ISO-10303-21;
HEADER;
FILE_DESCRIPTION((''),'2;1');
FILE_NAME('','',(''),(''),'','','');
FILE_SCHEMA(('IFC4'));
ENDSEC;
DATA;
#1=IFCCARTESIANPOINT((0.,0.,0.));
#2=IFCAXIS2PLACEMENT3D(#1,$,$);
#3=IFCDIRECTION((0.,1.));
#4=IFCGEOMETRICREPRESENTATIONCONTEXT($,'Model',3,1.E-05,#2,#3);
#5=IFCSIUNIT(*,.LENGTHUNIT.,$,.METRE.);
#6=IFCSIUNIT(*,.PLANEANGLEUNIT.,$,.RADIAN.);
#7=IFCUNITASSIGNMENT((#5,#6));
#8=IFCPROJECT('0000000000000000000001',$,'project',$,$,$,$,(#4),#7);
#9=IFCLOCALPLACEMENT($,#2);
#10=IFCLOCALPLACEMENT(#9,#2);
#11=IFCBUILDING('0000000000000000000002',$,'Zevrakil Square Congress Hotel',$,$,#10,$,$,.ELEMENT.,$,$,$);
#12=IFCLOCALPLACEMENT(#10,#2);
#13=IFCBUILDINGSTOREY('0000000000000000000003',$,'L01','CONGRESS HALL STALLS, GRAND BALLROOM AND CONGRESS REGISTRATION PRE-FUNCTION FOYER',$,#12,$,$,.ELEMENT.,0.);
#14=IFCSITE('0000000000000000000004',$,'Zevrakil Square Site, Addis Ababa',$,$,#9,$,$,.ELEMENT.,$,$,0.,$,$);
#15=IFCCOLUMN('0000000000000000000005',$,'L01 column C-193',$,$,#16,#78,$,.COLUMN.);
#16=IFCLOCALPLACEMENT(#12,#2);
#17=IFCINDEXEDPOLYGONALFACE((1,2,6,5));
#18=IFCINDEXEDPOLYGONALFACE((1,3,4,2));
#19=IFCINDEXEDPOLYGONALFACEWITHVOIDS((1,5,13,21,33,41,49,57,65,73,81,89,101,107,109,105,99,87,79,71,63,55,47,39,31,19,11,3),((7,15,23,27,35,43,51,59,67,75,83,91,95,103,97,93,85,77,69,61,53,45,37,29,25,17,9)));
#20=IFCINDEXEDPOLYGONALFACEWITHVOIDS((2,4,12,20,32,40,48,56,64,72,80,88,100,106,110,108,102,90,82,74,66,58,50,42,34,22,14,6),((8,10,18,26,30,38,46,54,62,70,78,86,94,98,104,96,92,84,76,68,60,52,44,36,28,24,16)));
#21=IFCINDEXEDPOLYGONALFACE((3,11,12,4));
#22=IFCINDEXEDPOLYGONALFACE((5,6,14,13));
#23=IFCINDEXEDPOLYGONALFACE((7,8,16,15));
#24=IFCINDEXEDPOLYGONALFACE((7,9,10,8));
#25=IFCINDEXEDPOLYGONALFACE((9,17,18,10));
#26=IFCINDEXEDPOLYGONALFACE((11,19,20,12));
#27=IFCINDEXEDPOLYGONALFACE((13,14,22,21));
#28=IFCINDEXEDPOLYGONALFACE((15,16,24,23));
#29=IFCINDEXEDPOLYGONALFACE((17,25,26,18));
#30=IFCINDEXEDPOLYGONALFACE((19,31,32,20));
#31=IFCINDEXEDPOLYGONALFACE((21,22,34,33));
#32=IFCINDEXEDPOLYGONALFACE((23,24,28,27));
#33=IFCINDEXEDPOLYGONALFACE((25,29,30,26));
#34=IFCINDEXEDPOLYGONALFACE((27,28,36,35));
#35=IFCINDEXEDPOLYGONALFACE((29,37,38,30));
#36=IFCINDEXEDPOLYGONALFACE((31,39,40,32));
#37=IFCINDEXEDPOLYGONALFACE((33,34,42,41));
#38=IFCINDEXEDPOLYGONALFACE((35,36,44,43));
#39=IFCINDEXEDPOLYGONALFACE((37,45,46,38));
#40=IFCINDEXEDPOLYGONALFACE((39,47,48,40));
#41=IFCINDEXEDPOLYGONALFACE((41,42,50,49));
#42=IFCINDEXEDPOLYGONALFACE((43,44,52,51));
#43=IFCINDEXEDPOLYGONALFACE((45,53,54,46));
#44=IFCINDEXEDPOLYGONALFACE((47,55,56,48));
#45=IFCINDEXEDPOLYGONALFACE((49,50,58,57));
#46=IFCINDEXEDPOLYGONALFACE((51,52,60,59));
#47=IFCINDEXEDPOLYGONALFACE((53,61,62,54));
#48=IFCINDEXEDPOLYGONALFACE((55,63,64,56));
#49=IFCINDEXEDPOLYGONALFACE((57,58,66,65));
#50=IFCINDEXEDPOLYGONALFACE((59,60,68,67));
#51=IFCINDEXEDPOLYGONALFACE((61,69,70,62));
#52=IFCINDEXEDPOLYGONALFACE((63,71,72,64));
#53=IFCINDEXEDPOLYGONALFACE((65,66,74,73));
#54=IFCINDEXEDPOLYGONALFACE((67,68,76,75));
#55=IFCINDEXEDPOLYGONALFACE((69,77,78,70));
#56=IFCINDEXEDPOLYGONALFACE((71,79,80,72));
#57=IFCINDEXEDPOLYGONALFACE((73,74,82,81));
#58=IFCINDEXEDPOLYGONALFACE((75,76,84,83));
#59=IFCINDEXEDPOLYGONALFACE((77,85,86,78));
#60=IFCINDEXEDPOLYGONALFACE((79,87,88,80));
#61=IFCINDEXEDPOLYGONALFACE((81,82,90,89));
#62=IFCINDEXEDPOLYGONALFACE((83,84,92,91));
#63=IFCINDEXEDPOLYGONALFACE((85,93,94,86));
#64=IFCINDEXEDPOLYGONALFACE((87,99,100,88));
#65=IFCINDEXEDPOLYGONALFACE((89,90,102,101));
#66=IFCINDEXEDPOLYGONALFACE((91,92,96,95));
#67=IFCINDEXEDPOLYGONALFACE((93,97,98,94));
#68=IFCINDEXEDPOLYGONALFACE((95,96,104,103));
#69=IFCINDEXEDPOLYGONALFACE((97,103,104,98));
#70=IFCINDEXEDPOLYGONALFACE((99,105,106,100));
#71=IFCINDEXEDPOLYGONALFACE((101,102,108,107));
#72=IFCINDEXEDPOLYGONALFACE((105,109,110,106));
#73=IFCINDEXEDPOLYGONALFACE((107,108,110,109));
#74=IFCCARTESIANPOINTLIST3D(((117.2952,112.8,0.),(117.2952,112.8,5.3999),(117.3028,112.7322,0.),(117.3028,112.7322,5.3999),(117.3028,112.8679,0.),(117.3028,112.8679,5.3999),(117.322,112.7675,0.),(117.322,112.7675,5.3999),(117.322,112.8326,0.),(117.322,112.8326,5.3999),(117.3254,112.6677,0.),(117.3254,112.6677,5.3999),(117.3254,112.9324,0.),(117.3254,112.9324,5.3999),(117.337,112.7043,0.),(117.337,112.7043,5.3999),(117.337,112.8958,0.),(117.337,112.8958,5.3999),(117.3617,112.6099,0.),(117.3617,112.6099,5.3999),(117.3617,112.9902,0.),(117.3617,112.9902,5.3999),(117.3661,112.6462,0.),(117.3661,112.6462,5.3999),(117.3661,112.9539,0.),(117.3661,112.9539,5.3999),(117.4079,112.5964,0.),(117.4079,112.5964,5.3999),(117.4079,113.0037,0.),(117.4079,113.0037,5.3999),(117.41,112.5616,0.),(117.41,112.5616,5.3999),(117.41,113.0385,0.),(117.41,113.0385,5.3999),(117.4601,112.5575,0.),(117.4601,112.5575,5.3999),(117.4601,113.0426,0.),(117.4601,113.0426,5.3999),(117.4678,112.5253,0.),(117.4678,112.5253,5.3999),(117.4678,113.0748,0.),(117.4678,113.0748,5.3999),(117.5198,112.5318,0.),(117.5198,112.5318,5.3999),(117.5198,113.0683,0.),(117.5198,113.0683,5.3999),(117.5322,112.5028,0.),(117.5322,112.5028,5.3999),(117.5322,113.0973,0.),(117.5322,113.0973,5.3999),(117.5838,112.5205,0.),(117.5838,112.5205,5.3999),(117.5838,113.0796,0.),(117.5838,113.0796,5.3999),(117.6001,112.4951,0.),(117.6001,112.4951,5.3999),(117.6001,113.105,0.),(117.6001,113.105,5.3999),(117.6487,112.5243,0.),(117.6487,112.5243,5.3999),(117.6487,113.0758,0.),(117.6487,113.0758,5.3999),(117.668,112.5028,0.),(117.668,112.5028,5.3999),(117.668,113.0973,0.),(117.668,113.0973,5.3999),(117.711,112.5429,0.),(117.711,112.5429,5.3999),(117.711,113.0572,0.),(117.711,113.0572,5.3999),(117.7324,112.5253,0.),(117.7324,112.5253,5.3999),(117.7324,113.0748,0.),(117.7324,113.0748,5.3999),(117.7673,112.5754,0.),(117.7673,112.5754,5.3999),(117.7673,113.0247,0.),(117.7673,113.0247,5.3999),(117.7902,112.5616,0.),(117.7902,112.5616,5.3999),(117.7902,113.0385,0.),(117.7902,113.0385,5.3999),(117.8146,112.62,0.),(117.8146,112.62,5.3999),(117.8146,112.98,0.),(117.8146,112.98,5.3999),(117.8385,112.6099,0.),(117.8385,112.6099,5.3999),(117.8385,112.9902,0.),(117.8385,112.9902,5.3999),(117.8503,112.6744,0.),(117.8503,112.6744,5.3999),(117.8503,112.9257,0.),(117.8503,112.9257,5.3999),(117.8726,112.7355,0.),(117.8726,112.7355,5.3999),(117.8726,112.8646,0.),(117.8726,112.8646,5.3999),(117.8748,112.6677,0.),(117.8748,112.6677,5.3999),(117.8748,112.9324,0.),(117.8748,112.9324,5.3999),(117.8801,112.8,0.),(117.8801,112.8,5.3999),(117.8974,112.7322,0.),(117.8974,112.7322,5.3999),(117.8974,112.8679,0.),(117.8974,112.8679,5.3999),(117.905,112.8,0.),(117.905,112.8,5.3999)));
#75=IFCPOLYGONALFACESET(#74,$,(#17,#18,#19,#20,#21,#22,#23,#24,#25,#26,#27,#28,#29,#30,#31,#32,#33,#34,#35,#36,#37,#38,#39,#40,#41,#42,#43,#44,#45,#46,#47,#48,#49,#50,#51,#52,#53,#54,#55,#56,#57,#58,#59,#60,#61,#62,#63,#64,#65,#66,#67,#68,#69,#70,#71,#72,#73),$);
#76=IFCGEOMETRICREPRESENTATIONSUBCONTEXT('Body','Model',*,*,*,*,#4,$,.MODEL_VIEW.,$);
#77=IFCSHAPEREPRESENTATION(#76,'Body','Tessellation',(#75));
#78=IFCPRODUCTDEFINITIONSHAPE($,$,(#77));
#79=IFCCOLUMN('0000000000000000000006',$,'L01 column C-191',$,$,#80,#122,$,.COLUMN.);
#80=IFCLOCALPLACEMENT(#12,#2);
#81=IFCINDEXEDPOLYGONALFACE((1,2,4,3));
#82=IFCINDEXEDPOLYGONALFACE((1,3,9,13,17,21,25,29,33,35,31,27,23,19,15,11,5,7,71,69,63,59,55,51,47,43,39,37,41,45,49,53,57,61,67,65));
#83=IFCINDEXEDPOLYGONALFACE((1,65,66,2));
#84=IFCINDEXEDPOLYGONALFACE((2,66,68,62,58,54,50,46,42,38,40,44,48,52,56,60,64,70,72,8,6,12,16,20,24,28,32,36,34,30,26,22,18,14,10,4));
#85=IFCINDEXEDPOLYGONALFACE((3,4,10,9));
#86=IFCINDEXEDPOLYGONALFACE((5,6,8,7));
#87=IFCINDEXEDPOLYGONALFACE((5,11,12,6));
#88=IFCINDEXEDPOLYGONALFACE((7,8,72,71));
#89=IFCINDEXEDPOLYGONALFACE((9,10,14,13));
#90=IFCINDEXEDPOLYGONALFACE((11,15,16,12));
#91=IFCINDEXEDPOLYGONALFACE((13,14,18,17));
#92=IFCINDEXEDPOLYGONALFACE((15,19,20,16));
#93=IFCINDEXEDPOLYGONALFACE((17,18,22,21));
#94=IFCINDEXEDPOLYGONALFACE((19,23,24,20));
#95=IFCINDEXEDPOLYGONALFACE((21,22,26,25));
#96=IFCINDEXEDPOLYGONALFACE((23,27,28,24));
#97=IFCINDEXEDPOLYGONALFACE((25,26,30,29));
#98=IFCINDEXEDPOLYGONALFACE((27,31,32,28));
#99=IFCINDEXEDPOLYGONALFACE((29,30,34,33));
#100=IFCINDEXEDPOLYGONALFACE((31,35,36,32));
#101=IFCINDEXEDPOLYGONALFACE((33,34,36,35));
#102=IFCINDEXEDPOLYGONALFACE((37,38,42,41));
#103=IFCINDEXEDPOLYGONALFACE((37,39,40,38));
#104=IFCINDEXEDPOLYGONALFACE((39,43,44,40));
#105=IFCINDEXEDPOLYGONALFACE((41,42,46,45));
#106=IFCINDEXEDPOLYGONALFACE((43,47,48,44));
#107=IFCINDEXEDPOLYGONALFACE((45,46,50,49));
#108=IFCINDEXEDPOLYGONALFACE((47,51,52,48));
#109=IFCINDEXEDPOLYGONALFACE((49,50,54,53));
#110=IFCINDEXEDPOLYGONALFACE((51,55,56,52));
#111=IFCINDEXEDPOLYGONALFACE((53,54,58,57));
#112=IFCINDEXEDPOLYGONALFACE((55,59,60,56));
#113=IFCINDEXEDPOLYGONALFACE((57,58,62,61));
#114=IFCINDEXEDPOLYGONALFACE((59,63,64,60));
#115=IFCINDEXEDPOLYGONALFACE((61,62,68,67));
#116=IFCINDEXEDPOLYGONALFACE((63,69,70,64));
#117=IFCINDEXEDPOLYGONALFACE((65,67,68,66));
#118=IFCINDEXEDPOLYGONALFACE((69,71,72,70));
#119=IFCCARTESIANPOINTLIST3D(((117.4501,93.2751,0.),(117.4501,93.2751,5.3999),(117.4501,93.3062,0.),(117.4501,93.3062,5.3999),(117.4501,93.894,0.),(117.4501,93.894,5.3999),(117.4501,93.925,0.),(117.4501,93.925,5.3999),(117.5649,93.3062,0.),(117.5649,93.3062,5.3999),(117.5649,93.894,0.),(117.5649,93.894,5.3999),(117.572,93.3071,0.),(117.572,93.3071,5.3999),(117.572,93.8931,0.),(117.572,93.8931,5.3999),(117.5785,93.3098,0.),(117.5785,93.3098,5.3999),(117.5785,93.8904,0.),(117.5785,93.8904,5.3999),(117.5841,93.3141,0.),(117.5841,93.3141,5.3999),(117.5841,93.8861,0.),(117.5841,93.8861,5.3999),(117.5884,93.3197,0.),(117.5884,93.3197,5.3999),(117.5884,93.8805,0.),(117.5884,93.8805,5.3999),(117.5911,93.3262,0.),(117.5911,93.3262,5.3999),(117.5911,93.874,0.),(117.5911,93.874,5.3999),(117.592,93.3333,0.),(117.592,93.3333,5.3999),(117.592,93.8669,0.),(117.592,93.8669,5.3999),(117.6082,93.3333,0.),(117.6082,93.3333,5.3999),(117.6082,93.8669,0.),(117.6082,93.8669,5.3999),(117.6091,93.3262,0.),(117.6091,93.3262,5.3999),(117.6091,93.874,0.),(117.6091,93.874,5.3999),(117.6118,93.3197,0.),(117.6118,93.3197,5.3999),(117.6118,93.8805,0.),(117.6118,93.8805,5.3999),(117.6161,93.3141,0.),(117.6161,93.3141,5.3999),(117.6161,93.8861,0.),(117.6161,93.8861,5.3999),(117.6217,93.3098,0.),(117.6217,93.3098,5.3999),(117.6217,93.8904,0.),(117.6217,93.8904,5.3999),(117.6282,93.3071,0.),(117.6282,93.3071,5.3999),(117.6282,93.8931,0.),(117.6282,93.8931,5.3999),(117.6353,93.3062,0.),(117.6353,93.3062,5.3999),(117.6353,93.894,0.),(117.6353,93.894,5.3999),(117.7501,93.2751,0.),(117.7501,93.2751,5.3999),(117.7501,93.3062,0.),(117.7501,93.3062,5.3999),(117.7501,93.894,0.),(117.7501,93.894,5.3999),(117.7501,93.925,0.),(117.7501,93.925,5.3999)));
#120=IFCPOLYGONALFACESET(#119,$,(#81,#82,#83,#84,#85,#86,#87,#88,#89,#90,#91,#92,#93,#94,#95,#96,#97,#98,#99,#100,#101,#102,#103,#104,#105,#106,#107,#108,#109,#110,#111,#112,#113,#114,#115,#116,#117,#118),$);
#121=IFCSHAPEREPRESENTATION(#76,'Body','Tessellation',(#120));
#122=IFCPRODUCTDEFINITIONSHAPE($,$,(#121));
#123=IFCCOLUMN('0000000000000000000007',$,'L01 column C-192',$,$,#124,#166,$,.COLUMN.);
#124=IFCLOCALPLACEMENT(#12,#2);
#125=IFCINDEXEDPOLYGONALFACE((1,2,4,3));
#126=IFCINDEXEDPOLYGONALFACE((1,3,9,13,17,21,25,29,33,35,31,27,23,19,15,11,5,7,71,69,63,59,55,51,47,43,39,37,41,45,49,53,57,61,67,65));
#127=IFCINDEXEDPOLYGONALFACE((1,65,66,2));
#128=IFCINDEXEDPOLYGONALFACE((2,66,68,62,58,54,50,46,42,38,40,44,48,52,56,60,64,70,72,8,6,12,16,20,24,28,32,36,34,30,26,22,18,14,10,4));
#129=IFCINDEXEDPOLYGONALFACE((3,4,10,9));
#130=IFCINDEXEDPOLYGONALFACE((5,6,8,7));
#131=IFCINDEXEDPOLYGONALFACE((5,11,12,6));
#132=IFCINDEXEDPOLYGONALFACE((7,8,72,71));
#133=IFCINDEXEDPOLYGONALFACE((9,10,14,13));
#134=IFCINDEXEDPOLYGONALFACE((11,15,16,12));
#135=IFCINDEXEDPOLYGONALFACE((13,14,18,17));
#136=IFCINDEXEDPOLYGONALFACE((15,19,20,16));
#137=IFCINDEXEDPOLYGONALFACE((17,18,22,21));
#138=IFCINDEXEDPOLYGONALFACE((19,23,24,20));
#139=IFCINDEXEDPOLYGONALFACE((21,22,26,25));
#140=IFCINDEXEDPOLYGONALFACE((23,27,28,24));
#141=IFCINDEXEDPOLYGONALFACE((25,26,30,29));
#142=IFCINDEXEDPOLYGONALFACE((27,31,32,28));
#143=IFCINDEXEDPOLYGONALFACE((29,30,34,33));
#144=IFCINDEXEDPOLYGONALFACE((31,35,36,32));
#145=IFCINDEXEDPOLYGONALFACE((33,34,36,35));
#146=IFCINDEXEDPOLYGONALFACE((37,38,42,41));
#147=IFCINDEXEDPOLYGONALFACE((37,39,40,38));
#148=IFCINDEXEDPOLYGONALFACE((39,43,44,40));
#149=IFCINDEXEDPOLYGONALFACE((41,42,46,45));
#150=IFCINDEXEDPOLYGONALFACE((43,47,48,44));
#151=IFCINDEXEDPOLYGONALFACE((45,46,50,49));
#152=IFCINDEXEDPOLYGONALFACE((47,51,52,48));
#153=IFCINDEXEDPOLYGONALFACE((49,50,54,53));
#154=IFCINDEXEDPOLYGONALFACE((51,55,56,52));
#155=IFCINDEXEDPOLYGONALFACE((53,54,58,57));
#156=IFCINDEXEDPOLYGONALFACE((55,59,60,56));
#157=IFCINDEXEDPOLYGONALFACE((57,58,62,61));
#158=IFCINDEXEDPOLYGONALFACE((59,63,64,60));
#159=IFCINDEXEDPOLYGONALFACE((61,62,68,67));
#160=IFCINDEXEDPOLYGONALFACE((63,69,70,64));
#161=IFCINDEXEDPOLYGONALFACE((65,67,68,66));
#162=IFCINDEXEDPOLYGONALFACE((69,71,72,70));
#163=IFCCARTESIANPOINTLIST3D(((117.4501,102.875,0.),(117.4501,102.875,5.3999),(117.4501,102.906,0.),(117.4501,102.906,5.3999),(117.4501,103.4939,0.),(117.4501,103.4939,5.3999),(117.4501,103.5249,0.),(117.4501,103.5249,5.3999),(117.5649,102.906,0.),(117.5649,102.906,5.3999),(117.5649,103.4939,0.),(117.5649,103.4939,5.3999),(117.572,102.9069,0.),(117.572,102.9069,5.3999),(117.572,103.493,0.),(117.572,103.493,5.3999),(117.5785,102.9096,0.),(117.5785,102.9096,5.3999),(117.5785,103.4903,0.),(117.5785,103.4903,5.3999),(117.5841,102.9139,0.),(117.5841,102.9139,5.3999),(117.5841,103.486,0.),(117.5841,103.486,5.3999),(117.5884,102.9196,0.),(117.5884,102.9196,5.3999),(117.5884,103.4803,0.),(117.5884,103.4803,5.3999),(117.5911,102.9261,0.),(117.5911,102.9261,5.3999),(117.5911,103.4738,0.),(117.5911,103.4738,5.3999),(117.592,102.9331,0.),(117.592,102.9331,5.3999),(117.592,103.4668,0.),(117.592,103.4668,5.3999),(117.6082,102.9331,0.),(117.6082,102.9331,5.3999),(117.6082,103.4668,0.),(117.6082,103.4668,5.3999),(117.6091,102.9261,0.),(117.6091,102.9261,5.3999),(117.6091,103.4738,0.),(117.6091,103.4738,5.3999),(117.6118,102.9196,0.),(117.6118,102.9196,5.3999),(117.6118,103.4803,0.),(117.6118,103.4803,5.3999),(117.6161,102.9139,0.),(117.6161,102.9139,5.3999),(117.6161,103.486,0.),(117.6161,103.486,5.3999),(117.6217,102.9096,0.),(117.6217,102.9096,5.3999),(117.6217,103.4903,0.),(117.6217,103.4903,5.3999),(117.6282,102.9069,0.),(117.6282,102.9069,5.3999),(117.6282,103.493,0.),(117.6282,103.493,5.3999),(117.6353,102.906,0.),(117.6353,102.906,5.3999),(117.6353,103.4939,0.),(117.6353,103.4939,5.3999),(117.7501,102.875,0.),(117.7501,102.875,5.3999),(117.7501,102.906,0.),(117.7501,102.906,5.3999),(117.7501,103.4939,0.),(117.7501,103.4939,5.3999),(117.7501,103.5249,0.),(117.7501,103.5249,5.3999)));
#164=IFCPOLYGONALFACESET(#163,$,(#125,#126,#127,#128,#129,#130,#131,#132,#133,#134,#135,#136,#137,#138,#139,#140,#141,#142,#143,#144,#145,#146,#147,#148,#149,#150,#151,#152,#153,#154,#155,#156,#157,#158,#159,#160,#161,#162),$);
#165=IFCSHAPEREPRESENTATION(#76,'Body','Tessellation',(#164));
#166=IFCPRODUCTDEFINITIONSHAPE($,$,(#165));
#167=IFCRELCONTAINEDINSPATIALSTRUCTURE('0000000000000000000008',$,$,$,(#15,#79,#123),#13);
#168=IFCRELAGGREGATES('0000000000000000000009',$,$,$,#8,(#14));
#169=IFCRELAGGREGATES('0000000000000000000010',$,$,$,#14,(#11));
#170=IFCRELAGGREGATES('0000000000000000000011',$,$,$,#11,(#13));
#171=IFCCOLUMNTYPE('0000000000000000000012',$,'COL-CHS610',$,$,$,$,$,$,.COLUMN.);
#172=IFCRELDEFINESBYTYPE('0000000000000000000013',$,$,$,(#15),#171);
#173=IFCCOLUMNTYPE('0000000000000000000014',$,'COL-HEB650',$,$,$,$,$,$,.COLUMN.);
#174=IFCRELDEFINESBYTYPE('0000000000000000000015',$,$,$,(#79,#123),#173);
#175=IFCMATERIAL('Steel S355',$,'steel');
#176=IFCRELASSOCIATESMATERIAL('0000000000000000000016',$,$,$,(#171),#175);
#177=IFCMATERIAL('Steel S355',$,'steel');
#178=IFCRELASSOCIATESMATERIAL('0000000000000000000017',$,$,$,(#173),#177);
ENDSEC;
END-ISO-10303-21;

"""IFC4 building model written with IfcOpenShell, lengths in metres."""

from ifc_helpers import new_model, si_unit, direction, frame, origin, origin_2d, place, context, subcontext, project, spatial, hollow_circle, i_section, extrude, material, material_profile, profile_set, type_object, element, save


model = new_model("IFC4")

# Units and contexts
model_context = context("Model", 3, precision=1e-05, world=origin(), true_north=direction((0.0, 1.0)))
body_context = subcontext(model_context, "Body", "Model", "MODEL_VIEW")
ifc_project = project(units=[si_unit("LENGTHUNIT", "METRE"), si_unit("PLANEANGLEUNIT", "RADIAN")], contexts=[model_context])

# Site, building, storey
site_placement = place(None, origin())
site = spatial("IfcSite", under=ifc_project, at=site_placement, Name="Zevrakil Square Site, Addis Ababa", CompositionType="ELEMENT", RefElevation=0.0)
building_placement = place(site_placement, origin())
building = spatial("IfcBuilding", under=site, at=building_placement, Name="Zevrakil Square Congress Hotel", CompositionType="ELEMENT")
storey_placement = place(building_placement, origin())
storey = spatial("IfcBuildingStorey", under=building, at=storey_placement, Name="L01", Description="CONGRESS HALL STALLS, GRAND BALLROOM AND CONGRESS REGISTRATION PRE-FUNCTION FOYER", CompositionType="ELEMENT", Elevation=0.0)

# Columns
ifc_material_1 = material(Name="Steel S355", Category="steel")
ifc_material_profile_1 = material_profile(ifc_material_1, hollow_circle(Radius=0.3049, WallThickness=0.0249, at=origin_2d()), Name="CHS 610x25")
ifc_profile_set_1 = profile_set([ifc_material_profile_1], Name="Steel S355")
column_type_1 = type_object("IfcColumnType", Name="COL-CHS610", PredefinedType="COLUMN", material=ifc_profile_set_1)
column_placement = place(storey_placement, frame((117.6001, 112.8, 0.0), z_axis=(0.0, 0.0, 1.0), x_axis=(1.0, 0.0, 0.0)))
element("IfcColumn", 1, at=column_placement, inside=storey, type_object=column_type_1, Name="L01 column C-193", PredefinedType="COLUMN", context=body_context, shape_type="SweptSolid", body=[
    extrude(hollow_circle(Radius=0.3049, WallThickness=0.0249, at=origin_2d()), origin(), (0.0, 0.0, 1.0), 5.3999),
])
ifc_material_2 = material(Name="Steel S355", Category="steel")
ifc_material_profile_2 = material_profile(ifc_material_2, i_section(OverallWidth=0.3, OverallDepth=0.6499, WebThickness=0.0161, FlangeThickness=0.031, FilletRadius=0.0271, at=origin_2d()), Name="HEB 650")
ifc_profile_set_2 = profile_set([ifc_material_profile_2], Name="Steel S355")
column_type_2 = type_object("IfcColumnType", Name="COL-HEB650", PredefinedType="COLUMN", material=ifc_profile_set_2)
for number, where, z_axis, x_axis, name in (
    (2, (117.6001, 93.6001, 0.0), (0.0, 0.0, 1.0), (1.0, 0.0, 0.0), "L01 column C-191"),
    (3, (117.6001, 103.2, 0.0), (0.0, 0.0, 1.0), (1.0, 0.0, 0.0), "L01 column C-192"),
):
    element("IfcColumn", number, at=place(storey_placement, frame(where, z_axis=z_axis, x_axis=x_axis)), inside=storey, type_object=column_type_2, Name=name, PredefinedType="COLUMN", context=body_context, shape_type="SweptSolid", body=[
        extrude(i_section(OverallWidth=0.3, OverallDepth=0.6499, WebThickness=0.0161, FlangeThickness=0.031, FilletRadius=0.0271, at=origin_2d()), origin(), (0.0, 0.0, 1.0), 5.3999),
    ])

save(model, "model.ifc")
